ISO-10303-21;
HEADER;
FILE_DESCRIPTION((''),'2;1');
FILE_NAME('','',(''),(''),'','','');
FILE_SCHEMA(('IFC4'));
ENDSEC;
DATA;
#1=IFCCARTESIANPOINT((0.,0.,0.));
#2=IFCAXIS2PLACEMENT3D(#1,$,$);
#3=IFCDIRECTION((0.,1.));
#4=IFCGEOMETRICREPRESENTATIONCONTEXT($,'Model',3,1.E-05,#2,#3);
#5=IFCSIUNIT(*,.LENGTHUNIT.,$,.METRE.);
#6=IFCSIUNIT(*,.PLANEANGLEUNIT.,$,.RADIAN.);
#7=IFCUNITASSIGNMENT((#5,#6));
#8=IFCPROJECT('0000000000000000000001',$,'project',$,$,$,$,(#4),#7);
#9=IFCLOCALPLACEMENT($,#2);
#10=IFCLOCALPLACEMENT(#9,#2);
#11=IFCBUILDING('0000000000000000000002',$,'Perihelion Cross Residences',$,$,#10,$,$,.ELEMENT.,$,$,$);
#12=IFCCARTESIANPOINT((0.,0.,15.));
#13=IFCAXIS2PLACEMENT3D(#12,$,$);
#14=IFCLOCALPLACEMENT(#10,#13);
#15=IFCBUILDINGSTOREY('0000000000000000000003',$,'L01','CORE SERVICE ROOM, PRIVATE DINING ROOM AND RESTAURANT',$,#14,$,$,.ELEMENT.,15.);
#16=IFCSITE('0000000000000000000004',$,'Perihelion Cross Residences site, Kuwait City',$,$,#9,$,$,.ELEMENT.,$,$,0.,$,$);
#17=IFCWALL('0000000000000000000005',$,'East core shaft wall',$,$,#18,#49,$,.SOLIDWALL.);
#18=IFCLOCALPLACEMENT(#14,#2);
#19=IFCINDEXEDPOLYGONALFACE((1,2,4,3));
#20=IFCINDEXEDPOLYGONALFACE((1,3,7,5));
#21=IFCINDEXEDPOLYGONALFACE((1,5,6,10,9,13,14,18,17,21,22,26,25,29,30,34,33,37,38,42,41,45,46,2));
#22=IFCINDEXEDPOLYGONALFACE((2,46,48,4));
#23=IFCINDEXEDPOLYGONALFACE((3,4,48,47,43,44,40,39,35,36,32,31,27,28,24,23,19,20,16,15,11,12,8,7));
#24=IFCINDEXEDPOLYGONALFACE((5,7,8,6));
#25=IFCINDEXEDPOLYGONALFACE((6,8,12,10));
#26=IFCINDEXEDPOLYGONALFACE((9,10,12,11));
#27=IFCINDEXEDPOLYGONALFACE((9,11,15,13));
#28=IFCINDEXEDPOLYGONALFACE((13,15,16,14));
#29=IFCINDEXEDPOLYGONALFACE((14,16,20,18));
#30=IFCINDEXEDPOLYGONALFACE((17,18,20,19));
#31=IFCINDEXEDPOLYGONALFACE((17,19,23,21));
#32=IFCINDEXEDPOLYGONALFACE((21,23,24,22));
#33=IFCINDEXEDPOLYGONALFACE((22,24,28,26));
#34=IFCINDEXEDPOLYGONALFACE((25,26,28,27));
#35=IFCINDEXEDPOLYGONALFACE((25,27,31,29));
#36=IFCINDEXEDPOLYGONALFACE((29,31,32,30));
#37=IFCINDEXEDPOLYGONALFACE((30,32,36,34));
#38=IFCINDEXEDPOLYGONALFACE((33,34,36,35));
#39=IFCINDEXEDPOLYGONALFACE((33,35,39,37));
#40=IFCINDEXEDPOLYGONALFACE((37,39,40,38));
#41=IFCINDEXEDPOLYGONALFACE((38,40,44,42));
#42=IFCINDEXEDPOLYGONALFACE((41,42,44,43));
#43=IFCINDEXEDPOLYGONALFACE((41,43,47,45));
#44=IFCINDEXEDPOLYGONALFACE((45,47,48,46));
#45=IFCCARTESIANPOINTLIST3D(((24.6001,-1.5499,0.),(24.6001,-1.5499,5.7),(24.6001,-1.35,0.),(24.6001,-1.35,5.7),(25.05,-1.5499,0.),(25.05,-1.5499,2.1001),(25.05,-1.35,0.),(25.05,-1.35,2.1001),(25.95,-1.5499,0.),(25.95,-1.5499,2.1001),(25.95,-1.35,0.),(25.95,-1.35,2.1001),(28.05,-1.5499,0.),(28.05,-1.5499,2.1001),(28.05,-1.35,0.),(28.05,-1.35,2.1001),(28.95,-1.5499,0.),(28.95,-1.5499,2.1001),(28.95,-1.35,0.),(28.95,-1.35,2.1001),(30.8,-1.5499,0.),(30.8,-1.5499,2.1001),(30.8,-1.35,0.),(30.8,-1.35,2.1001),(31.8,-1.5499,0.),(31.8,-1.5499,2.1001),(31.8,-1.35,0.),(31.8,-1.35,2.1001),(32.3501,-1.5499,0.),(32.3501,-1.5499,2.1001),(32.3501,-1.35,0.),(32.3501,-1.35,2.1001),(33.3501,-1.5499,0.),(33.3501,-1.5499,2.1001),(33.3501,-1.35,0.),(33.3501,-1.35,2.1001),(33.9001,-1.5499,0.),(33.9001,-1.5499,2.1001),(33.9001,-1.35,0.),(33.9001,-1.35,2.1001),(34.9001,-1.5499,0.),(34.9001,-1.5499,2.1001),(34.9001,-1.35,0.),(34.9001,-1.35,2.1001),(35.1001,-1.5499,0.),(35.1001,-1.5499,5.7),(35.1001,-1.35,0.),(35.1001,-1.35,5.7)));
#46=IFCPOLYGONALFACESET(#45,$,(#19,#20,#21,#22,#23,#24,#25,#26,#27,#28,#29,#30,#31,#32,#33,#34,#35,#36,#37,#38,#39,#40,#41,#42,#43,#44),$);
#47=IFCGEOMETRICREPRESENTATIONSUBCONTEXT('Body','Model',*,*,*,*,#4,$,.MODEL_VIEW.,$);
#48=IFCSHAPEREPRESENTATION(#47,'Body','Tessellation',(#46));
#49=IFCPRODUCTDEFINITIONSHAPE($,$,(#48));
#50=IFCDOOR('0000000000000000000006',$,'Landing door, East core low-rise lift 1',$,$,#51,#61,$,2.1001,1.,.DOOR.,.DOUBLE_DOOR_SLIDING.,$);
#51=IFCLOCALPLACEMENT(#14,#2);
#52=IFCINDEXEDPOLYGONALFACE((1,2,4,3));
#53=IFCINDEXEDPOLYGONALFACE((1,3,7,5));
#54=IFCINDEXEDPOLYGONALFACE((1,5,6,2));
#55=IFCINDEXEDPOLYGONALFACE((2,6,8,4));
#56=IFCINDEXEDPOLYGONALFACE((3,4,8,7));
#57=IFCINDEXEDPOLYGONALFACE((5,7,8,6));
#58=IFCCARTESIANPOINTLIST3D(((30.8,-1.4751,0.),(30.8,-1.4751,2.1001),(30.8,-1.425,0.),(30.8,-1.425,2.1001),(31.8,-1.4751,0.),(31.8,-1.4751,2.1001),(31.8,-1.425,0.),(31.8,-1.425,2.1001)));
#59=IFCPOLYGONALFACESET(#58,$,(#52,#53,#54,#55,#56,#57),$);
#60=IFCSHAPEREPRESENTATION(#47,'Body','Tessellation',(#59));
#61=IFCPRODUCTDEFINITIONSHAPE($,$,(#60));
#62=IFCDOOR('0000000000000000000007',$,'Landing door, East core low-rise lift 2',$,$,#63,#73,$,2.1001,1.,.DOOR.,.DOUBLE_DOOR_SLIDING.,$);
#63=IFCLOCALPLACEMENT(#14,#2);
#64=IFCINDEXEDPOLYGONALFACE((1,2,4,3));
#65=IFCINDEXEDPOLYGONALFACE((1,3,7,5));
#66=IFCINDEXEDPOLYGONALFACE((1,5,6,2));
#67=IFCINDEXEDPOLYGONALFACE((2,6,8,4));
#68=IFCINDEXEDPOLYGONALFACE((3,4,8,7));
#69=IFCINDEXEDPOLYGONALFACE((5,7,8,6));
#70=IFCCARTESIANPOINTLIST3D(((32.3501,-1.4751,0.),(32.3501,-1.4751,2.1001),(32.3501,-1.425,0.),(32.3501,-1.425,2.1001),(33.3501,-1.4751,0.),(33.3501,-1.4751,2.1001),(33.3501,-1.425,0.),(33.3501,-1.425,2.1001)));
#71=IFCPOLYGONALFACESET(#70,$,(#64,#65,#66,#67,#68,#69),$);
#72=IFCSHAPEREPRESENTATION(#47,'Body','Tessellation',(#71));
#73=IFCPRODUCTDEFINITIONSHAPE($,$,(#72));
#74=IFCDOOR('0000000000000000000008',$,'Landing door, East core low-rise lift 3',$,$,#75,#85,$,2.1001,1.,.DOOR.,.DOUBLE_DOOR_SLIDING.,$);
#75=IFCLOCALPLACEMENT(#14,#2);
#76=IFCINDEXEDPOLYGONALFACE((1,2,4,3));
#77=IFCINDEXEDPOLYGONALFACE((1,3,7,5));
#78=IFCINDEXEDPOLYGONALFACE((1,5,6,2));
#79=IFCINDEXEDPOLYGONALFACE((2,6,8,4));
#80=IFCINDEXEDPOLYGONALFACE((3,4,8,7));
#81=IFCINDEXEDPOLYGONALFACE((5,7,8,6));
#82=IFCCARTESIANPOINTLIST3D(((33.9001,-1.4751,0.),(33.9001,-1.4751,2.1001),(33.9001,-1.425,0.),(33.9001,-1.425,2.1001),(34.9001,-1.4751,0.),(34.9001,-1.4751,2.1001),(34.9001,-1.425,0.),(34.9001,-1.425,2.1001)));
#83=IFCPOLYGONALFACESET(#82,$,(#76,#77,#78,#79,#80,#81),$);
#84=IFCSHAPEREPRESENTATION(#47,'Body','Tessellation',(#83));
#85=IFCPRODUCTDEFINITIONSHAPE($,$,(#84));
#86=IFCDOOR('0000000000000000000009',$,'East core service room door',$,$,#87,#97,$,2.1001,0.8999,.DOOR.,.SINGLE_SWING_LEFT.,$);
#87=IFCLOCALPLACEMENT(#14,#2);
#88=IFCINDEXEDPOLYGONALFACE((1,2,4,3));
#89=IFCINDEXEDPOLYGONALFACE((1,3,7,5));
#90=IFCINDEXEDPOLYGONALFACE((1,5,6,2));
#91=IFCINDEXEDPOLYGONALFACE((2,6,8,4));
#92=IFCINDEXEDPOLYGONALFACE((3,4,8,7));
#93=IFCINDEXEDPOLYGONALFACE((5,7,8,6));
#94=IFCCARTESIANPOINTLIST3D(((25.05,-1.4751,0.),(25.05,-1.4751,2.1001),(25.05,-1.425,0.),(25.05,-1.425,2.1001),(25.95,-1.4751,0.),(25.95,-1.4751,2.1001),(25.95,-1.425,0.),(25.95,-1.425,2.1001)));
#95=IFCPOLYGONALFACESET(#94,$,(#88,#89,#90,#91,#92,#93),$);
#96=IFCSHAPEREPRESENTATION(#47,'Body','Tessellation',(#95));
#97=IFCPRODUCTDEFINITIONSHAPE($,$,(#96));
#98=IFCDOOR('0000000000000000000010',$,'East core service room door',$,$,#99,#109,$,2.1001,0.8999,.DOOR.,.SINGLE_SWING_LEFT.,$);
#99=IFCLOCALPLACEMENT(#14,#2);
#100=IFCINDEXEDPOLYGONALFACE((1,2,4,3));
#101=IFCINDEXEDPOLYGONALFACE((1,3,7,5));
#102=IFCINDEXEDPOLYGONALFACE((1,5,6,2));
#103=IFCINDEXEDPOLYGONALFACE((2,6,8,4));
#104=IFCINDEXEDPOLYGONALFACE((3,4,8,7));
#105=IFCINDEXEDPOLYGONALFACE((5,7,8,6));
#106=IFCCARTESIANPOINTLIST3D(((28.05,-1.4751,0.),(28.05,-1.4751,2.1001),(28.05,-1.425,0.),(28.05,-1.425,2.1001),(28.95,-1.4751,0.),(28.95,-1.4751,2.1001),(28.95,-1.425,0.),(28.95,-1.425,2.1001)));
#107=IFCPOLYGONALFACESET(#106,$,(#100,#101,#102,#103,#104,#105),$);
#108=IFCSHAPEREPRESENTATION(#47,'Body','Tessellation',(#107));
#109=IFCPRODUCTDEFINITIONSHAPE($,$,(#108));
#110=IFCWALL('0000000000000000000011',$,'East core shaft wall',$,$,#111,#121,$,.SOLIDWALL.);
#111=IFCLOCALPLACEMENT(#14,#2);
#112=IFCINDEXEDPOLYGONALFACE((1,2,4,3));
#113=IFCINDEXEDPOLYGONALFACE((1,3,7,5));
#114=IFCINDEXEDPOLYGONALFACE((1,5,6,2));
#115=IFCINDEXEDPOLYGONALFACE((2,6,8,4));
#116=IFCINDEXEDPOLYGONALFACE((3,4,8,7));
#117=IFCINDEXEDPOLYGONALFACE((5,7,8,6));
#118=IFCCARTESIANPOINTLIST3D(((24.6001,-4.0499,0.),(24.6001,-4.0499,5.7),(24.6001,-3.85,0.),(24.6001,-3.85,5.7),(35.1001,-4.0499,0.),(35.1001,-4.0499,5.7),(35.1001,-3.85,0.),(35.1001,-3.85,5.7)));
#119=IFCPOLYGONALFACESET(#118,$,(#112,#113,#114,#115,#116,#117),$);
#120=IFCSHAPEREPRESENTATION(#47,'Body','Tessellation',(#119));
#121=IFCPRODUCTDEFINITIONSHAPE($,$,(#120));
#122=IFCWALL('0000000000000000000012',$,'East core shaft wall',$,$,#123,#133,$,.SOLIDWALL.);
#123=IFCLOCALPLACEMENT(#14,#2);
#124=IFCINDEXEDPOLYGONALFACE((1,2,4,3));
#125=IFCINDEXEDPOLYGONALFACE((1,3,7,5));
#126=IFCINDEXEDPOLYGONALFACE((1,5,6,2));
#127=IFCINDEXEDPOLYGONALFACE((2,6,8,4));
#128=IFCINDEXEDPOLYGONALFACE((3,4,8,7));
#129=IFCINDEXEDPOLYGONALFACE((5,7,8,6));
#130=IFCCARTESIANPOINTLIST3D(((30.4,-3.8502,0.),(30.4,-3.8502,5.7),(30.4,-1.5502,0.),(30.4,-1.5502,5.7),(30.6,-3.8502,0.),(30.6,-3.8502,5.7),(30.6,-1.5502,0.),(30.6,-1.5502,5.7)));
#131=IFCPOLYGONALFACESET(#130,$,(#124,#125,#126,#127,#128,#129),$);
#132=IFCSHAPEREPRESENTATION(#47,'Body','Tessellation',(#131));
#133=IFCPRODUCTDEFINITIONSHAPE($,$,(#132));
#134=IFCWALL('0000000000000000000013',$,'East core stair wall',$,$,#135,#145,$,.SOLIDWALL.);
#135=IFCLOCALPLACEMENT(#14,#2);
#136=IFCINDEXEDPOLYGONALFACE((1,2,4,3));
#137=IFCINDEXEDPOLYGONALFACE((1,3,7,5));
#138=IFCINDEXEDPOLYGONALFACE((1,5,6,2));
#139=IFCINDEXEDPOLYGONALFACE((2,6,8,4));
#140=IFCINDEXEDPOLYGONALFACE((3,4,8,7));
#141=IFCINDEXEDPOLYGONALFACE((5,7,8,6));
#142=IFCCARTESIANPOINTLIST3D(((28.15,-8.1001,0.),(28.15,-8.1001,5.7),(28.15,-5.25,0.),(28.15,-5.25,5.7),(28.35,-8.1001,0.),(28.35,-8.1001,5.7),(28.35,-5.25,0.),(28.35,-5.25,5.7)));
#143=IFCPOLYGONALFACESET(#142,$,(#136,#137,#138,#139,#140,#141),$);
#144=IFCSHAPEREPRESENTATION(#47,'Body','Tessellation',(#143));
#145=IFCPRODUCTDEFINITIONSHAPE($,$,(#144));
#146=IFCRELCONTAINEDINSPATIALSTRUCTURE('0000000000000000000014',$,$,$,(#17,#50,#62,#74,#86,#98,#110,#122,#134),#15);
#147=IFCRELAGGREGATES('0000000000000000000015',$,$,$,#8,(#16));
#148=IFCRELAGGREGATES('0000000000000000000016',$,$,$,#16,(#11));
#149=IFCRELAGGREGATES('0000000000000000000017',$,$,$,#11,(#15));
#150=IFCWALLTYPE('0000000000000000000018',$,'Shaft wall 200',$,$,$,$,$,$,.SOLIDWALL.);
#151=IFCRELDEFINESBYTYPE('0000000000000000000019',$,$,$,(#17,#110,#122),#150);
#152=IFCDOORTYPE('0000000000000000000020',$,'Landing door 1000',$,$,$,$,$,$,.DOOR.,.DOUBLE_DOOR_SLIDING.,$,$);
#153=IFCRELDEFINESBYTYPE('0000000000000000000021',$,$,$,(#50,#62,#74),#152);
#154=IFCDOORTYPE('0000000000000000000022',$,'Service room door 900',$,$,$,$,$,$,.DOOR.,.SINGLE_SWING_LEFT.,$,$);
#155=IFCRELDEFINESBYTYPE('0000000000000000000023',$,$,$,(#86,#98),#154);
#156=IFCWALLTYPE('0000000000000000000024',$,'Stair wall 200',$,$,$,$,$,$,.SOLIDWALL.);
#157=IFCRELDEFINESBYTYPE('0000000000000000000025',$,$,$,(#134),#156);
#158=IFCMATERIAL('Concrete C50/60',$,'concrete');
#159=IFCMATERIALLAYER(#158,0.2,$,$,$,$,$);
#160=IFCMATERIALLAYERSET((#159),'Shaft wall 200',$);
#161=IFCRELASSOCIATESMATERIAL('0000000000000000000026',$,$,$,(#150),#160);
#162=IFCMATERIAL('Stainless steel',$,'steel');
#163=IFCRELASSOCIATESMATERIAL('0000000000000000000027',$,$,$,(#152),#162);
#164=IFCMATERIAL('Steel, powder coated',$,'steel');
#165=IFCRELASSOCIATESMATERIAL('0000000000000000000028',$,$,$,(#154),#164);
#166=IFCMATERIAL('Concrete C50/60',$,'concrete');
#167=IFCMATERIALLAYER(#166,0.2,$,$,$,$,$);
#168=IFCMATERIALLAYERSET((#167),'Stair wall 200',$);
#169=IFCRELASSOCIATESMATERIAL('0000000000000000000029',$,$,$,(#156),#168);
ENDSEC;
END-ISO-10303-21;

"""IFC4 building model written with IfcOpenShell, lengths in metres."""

from ifc_helpers import new_model, si_unit, direction, frame, frame_2d, origin, place, context, subcontext, project, spatial, rectangle, extrude, material, layer, layer_set, type_object, element, fill, save


model = new_model("IFC4")

# Units and contexts
model_context = context("Model", 3, precision=1e-05, world=origin(), true_north=direction((0.0, 1.0)))
body_context = subcontext(model_context, "Body", "Model", "MODEL_VIEW")
ifc_project = project(units=[si_unit("LENGTHUNIT", "METRE"), si_unit("PLANEANGLEUNIT", "RADIAN")], contexts=[model_context])

# Site, building, storey
site_placement = place(None, origin())
site = spatial("IfcSite", under=ifc_project, at=site_placement, Name="Perihelion Cross Residences site, Kuwait City", CompositionType="ELEMENT", RefElevation=0.0)
building_placement = place(site_placement, origin())
building = spatial("IfcBuilding", under=site, at=building_placement, Name="Perihelion Cross Residences", CompositionType="ELEMENT")
storey_placement = place(building_placement, frame((0.0, 0.0, 15.0)))
storey = spatial("IfcBuildingStorey", under=building, at=storey_placement, Name="L01", Description="CORE SERVICE ROOM, PRIVATE DINING ROOM AND RESTAURANT", CompositionType="ELEMENT", Elevation=15.0)

# Wall, openings, doors
ifc_material_1 = material(Name="Concrete C50/60", Category="concrete")
ifc_layer_1 = layer(ifc_material_1, 0.2)
ifc_layer_set_1 = layer_set([ifc_layer_1], Name="Shaft wall 200")
wall_type_1 = type_object("IfcWallType", Name="Shaft wall 200", PredefinedType="SOLIDWALL", material=ifc_layer_set_1)
wall_1_placement = place(storey_placement, frame((24.6001, -1.45, 0.0), z_axis=(0.0, 0.0, 1.0), x_axis=(1.0, 0.0, 0.0)))
wall_1 = element("IfcWall", 1, at=wall_1_placement, inside=storey, type_object=wall_type_1, Name="East core shaft wall", PredefinedType="SOLIDWALL", context=body_context, shape_type="SweptSolid", body=[
    extrude(rectangle(XDim=10.5, YDim=0.2, at=frame_2d((5.25, 0.0))), origin(), (0.0, 0.0, 1.0), 5.7),
])
opening_1_placement = place(wall_1_placement, frame((6.2, 0.0, 0.0)))
opening_1 = element("IfcOpeningElement", 2, at=opening_1_placement, cuts=wall_1, PredefinedType="OPENING", context=body_context, shape_type="SweptSolid", body=[
    extrude(rectangle(XDim=1.0, YDim=2.1001, at=frame_2d((0.5, 1.05))), frame((0.0, 0.1099, 0.0), z_axis=(0.0, -1.0, 0.0), x_axis=(1.0, 0.0, 0.0)), (0.0, 0.0, 1.0), 0.22),
])
opening_2_placement = place(wall_1_placement, frame((7.75, 0.0, 0.0)))
opening_2 = element("IfcOpeningElement", 3, at=opening_2_placement, cuts=wall_1, PredefinedType="OPENING", context=body_context, shape_type="SweptSolid", body=[
    extrude(rectangle(XDim=1.0, YDim=2.1001, at=frame_2d((0.5, 1.05))), frame((0.0, 0.1099, 0.0), z_axis=(0.0, -1.0, 0.0), x_axis=(1.0, 0.0, 0.0)), (0.0, 0.0, 1.0), 0.22),
])
opening_3_placement = place(wall_1_placement, frame((9.3, 0.0, 0.0)))
opening_3 = element("IfcOpeningElement", 4, at=opening_3_placement, cuts=wall_1, PredefinedType="OPENING", context=body_context, shape_type="SweptSolid", body=[
    extrude(rectangle(XDim=1.0, YDim=2.1001, at=frame_2d((0.5, 1.05))), frame((0.0, 0.1099, 0.0), z_axis=(0.0, -1.0, 0.0), x_axis=(1.0, 0.0, 0.0)), (0.0, 0.0, 1.0), 0.22),
])
opening_4_placement = place(wall_1_placement, frame((0.45, 0.0, 0.0)))
opening_4 = element("IfcOpeningElement", 5, at=opening_4_placement, cuts=wall_1, PredefinedType="OPENING", context=body_context, shape_type="SweptSolid", body=[
    extrude(rectangle(XDim=0.8999, YDim=2.1001, at=frame_2d((0.45, 1.05))), frame((0.0, 0.1099, 0.0), z_axis=(0.0, -1.0, 0.0), x_axis=(1.0, 0.0, 0.0)), (0.0, 0.0, 1.0), 0.22),
])
opening_5_placement = place(wall_1_placement, frame((3.45, 0.0, 0.0)))
opening_5 = element("IfcOpeningElement", 6, at=opening_5_placement, cuts=wall_1, PredefinedType="OPENING", context=body_context, shape_type="SweptSolid", body=[
    extrude(rectangle(XDim=0.8999, YDim=2.1001, at=frame_2d((0.45, 1.05))), frame((0.0, 0.1099, 0.0), z_axis=(0.0, -1.0, 0.0), x_axis=(1.0, 0.0, 0.0)), (0.0, 0.0, 1.0), 0.22),
])
ifc_material_2 = material(Name="Stainless steel", Category="steel")
door_type_1 = type_object("IfcDoorType", Name="Landing door 1000", OperationType="DOUBLE_DOOR_SLIDING", PredefinedType="DOOR", material=ifc_material_2)
door_1_placement = place(opening_1_placement, origin())
door_1 = element("IfcDoor", 7, at=door_1_placement, inside=storey, type_object=door_type_1, Name="Landing door, East core low-rise lift 1", OperationType="DOUBLE_DOOR_SLIDING", OverallHeight=2.1001, OverallWidth=1.0, PredefinedType="DOOR", context=body_context, shape_type="SweptSolid", body=[
    extrude(rectangle(XDim=1.0, YDim=2.1001, at=frame_2d((0.5, 1.05))), frame((0.0, 0.0249, 0.0), z_axis=(0.0, -1.0, 0.0), x_axis=(1.0, 0.0, 0.0)), (0.0, 0.0, 1.0), 0.05),
])
fill(opening_1, door_1)
door_2_placement = place(opening_2_placement, origin())
door_2 = element("IfcDoor", 8, at=door_2_placement, inside=storey, type_object=door_type_1, Name="Landing door, East core low-rise lift 2", OperationType="DOUBLE_DOOR_SLIDING", OverallHeight=2.1001, OverallWidth=1.0, PredefinedType="DOOR", context=body_context, shape_type="SweptSolid", body=[
    extrude(rectangle(XDim=1.0, YDim=2.1001, at=frame_2d((0.5, 1.05))), frame((0.0, 0.0249, 0.0), z_axis=(0.0, -1.0, 0.0), x_axis=(1.0, 0.0, 0.0)), (0.0, 0.0, 1.0), 0.05),
])
fill(opening_2, door_2)
door_3_placement = place(opening_3_placement, origin())
door_3 = element("IfcDoor", 9, at=door_3_placement, inside=storey, type_object=door_type_1, Name="Landing door, East core low-rise lift 3", OperationType="DOUBLE_DOOR_SLIDING", OverallHeight=2.1001, OverallWidth=1.0, PredefinedType="DOOR", context=body_context, shape_type="SweptSolid", body=[
    extrude(rectangle(XDim=1.0, YDim=2.1001, at=frame_2d((0.5, 1.05))), frame((0.0, 0.0249, 0.0), z_axis=(0.0, -1.0, 0.0), x_axis=(1.0, 0.0, 0.0)), (0.0, 0.0, 1.0), 0.05),
])
fill(opening_3, door_3)
ifc_material_3 = material(Name="Steel, powder coated", Category="steel")
door_type_2 = type_object("IfcDoorType", Name="Service room door 900", OperationType="SINGLE_SWING_LEFT", PredefinedType="DOOR", material=ifc_material_3)
door_4_placement = place(opening_4_placement, origin())
door_4 = element("IfcDoor", 10, at=door_4_placement, inside=storey, type_object=door_type_2, Name="East core service room door", OperationType="SINGLE_SWING_LEFT", OverallHeight=2.1001, OverallWidth=0.8999, PredefinedType="DOOR", context=body_context, shape_type="SweptSolid", body=[
    extrude(rectangle(XDim=0.8999, YDim=2.1001, at=frame_2d((0.45, 1.05))), frame((0.0, 0.0249, 0.0), z_axis=(0.0, -1.0, 0.0), x_axis=(1.0, 0.0, 0.0)), (0.0, 0.0, 1.0), 0.05),
])
fill(opening_4, door_4)
door_5_placement = place(opening_5_placement, origin())
door_5 = element("IfcDoor", 11, at=door_5_placement, inside=storey, type_object=door_type_2, Name="East core service room door", OperationType="SINGLE_SWING_LEFT", OverallHeight=2.1001, OverallWidth=0.8999, PredefinedType="DOOR", context=body_context, shape_type="SweptSolid", body=[
    extrude(rectangle(XDim=0.8999, YDim=2.1001, at=frame_2d((0.45, 1.05))), frame((0.0, 0.0249, 0.0), z_axis=(0.0, -1.0, 0.0), x_axis=(1.0, 0.0, 0.0)), (0.0, 0.0, 1.0), 0.05),
])
fill(opening_5, door_5)

# Walls
wall_2_placement = place(storey_placement, frame((24.6001, -3.95, 0.0), z_axis=(0.0, 0.0, 1.0), x_axis=(1.0, 0.0, 0.0)))
element("IfcWall", 12, at=wall_2_placement, inside=storey, type_object=wall_type_1, Name="East core shaft wall", PredefinedType="SOLIDWALL", context=body_context, shape_type="SweptSolid", body=[
    extrude(rectangle(XDim=10.5, YDim=0.2, at=frame_2d((5.25, 0.0))), origin(), (0.0, 0.0, 1.0), 5.7),
])
wall_3_placement = place(storey_placement, frame((30.5, -3.8501, 0.0), z_axis=(0.0, 0.0, 1.0), x_axis=(0.0, 1.0, 0.0)))
element("IfcWall", 13, at=wall_3_placement, inside=storey, type_object=wall_type_1, Name="East core shaft wall", PredefinedType="SOLIDWALL", context=body_context, shape_type="SweptSolid", body=[
    extrude(rectangle(XDim=2.3, YDim=0.2, at=frame_2d((1.1499, 0.0))), origin(), (0.0, 0.0, 1.0), 5.7),
])
ifc_material_4 = material(Name="Concrete C50/60", Category="concrete")
ifc_layer_2 = layer(ifc_material_4, 0.2)
ifc_layer_set_2 = layer_set([ifc_layer_2], Name="Stair wall 200")
wall_type_2 = type_object("IfcWallType", Name="Stair wall 200", PredefinedType="SOLIDWALL", material=ifc_layer_set_2)
wall_4_placement = place(storey_placement, frame((28.25, -8.1001, 0.0), z_axis=(0.0, 0.0, 1.0), x_axis=(0.0, 1.0, 0.0)))
element("IfcWall", 14, at=wall_4_placement, inside=storey, type_object=wall_type_2, Name="East core stair wall", PredefinedType="SOLIDWALL", context=body_context, shape_type="SweptSolid", body=[
    extrude(rectangle(XDim=2.8501, YDim=0.2, at=frame_2d((1.425, 0.0))), origin(), (0.0, 0.0, 1.0), 5.7),
])

save(model, "model.ifc")
